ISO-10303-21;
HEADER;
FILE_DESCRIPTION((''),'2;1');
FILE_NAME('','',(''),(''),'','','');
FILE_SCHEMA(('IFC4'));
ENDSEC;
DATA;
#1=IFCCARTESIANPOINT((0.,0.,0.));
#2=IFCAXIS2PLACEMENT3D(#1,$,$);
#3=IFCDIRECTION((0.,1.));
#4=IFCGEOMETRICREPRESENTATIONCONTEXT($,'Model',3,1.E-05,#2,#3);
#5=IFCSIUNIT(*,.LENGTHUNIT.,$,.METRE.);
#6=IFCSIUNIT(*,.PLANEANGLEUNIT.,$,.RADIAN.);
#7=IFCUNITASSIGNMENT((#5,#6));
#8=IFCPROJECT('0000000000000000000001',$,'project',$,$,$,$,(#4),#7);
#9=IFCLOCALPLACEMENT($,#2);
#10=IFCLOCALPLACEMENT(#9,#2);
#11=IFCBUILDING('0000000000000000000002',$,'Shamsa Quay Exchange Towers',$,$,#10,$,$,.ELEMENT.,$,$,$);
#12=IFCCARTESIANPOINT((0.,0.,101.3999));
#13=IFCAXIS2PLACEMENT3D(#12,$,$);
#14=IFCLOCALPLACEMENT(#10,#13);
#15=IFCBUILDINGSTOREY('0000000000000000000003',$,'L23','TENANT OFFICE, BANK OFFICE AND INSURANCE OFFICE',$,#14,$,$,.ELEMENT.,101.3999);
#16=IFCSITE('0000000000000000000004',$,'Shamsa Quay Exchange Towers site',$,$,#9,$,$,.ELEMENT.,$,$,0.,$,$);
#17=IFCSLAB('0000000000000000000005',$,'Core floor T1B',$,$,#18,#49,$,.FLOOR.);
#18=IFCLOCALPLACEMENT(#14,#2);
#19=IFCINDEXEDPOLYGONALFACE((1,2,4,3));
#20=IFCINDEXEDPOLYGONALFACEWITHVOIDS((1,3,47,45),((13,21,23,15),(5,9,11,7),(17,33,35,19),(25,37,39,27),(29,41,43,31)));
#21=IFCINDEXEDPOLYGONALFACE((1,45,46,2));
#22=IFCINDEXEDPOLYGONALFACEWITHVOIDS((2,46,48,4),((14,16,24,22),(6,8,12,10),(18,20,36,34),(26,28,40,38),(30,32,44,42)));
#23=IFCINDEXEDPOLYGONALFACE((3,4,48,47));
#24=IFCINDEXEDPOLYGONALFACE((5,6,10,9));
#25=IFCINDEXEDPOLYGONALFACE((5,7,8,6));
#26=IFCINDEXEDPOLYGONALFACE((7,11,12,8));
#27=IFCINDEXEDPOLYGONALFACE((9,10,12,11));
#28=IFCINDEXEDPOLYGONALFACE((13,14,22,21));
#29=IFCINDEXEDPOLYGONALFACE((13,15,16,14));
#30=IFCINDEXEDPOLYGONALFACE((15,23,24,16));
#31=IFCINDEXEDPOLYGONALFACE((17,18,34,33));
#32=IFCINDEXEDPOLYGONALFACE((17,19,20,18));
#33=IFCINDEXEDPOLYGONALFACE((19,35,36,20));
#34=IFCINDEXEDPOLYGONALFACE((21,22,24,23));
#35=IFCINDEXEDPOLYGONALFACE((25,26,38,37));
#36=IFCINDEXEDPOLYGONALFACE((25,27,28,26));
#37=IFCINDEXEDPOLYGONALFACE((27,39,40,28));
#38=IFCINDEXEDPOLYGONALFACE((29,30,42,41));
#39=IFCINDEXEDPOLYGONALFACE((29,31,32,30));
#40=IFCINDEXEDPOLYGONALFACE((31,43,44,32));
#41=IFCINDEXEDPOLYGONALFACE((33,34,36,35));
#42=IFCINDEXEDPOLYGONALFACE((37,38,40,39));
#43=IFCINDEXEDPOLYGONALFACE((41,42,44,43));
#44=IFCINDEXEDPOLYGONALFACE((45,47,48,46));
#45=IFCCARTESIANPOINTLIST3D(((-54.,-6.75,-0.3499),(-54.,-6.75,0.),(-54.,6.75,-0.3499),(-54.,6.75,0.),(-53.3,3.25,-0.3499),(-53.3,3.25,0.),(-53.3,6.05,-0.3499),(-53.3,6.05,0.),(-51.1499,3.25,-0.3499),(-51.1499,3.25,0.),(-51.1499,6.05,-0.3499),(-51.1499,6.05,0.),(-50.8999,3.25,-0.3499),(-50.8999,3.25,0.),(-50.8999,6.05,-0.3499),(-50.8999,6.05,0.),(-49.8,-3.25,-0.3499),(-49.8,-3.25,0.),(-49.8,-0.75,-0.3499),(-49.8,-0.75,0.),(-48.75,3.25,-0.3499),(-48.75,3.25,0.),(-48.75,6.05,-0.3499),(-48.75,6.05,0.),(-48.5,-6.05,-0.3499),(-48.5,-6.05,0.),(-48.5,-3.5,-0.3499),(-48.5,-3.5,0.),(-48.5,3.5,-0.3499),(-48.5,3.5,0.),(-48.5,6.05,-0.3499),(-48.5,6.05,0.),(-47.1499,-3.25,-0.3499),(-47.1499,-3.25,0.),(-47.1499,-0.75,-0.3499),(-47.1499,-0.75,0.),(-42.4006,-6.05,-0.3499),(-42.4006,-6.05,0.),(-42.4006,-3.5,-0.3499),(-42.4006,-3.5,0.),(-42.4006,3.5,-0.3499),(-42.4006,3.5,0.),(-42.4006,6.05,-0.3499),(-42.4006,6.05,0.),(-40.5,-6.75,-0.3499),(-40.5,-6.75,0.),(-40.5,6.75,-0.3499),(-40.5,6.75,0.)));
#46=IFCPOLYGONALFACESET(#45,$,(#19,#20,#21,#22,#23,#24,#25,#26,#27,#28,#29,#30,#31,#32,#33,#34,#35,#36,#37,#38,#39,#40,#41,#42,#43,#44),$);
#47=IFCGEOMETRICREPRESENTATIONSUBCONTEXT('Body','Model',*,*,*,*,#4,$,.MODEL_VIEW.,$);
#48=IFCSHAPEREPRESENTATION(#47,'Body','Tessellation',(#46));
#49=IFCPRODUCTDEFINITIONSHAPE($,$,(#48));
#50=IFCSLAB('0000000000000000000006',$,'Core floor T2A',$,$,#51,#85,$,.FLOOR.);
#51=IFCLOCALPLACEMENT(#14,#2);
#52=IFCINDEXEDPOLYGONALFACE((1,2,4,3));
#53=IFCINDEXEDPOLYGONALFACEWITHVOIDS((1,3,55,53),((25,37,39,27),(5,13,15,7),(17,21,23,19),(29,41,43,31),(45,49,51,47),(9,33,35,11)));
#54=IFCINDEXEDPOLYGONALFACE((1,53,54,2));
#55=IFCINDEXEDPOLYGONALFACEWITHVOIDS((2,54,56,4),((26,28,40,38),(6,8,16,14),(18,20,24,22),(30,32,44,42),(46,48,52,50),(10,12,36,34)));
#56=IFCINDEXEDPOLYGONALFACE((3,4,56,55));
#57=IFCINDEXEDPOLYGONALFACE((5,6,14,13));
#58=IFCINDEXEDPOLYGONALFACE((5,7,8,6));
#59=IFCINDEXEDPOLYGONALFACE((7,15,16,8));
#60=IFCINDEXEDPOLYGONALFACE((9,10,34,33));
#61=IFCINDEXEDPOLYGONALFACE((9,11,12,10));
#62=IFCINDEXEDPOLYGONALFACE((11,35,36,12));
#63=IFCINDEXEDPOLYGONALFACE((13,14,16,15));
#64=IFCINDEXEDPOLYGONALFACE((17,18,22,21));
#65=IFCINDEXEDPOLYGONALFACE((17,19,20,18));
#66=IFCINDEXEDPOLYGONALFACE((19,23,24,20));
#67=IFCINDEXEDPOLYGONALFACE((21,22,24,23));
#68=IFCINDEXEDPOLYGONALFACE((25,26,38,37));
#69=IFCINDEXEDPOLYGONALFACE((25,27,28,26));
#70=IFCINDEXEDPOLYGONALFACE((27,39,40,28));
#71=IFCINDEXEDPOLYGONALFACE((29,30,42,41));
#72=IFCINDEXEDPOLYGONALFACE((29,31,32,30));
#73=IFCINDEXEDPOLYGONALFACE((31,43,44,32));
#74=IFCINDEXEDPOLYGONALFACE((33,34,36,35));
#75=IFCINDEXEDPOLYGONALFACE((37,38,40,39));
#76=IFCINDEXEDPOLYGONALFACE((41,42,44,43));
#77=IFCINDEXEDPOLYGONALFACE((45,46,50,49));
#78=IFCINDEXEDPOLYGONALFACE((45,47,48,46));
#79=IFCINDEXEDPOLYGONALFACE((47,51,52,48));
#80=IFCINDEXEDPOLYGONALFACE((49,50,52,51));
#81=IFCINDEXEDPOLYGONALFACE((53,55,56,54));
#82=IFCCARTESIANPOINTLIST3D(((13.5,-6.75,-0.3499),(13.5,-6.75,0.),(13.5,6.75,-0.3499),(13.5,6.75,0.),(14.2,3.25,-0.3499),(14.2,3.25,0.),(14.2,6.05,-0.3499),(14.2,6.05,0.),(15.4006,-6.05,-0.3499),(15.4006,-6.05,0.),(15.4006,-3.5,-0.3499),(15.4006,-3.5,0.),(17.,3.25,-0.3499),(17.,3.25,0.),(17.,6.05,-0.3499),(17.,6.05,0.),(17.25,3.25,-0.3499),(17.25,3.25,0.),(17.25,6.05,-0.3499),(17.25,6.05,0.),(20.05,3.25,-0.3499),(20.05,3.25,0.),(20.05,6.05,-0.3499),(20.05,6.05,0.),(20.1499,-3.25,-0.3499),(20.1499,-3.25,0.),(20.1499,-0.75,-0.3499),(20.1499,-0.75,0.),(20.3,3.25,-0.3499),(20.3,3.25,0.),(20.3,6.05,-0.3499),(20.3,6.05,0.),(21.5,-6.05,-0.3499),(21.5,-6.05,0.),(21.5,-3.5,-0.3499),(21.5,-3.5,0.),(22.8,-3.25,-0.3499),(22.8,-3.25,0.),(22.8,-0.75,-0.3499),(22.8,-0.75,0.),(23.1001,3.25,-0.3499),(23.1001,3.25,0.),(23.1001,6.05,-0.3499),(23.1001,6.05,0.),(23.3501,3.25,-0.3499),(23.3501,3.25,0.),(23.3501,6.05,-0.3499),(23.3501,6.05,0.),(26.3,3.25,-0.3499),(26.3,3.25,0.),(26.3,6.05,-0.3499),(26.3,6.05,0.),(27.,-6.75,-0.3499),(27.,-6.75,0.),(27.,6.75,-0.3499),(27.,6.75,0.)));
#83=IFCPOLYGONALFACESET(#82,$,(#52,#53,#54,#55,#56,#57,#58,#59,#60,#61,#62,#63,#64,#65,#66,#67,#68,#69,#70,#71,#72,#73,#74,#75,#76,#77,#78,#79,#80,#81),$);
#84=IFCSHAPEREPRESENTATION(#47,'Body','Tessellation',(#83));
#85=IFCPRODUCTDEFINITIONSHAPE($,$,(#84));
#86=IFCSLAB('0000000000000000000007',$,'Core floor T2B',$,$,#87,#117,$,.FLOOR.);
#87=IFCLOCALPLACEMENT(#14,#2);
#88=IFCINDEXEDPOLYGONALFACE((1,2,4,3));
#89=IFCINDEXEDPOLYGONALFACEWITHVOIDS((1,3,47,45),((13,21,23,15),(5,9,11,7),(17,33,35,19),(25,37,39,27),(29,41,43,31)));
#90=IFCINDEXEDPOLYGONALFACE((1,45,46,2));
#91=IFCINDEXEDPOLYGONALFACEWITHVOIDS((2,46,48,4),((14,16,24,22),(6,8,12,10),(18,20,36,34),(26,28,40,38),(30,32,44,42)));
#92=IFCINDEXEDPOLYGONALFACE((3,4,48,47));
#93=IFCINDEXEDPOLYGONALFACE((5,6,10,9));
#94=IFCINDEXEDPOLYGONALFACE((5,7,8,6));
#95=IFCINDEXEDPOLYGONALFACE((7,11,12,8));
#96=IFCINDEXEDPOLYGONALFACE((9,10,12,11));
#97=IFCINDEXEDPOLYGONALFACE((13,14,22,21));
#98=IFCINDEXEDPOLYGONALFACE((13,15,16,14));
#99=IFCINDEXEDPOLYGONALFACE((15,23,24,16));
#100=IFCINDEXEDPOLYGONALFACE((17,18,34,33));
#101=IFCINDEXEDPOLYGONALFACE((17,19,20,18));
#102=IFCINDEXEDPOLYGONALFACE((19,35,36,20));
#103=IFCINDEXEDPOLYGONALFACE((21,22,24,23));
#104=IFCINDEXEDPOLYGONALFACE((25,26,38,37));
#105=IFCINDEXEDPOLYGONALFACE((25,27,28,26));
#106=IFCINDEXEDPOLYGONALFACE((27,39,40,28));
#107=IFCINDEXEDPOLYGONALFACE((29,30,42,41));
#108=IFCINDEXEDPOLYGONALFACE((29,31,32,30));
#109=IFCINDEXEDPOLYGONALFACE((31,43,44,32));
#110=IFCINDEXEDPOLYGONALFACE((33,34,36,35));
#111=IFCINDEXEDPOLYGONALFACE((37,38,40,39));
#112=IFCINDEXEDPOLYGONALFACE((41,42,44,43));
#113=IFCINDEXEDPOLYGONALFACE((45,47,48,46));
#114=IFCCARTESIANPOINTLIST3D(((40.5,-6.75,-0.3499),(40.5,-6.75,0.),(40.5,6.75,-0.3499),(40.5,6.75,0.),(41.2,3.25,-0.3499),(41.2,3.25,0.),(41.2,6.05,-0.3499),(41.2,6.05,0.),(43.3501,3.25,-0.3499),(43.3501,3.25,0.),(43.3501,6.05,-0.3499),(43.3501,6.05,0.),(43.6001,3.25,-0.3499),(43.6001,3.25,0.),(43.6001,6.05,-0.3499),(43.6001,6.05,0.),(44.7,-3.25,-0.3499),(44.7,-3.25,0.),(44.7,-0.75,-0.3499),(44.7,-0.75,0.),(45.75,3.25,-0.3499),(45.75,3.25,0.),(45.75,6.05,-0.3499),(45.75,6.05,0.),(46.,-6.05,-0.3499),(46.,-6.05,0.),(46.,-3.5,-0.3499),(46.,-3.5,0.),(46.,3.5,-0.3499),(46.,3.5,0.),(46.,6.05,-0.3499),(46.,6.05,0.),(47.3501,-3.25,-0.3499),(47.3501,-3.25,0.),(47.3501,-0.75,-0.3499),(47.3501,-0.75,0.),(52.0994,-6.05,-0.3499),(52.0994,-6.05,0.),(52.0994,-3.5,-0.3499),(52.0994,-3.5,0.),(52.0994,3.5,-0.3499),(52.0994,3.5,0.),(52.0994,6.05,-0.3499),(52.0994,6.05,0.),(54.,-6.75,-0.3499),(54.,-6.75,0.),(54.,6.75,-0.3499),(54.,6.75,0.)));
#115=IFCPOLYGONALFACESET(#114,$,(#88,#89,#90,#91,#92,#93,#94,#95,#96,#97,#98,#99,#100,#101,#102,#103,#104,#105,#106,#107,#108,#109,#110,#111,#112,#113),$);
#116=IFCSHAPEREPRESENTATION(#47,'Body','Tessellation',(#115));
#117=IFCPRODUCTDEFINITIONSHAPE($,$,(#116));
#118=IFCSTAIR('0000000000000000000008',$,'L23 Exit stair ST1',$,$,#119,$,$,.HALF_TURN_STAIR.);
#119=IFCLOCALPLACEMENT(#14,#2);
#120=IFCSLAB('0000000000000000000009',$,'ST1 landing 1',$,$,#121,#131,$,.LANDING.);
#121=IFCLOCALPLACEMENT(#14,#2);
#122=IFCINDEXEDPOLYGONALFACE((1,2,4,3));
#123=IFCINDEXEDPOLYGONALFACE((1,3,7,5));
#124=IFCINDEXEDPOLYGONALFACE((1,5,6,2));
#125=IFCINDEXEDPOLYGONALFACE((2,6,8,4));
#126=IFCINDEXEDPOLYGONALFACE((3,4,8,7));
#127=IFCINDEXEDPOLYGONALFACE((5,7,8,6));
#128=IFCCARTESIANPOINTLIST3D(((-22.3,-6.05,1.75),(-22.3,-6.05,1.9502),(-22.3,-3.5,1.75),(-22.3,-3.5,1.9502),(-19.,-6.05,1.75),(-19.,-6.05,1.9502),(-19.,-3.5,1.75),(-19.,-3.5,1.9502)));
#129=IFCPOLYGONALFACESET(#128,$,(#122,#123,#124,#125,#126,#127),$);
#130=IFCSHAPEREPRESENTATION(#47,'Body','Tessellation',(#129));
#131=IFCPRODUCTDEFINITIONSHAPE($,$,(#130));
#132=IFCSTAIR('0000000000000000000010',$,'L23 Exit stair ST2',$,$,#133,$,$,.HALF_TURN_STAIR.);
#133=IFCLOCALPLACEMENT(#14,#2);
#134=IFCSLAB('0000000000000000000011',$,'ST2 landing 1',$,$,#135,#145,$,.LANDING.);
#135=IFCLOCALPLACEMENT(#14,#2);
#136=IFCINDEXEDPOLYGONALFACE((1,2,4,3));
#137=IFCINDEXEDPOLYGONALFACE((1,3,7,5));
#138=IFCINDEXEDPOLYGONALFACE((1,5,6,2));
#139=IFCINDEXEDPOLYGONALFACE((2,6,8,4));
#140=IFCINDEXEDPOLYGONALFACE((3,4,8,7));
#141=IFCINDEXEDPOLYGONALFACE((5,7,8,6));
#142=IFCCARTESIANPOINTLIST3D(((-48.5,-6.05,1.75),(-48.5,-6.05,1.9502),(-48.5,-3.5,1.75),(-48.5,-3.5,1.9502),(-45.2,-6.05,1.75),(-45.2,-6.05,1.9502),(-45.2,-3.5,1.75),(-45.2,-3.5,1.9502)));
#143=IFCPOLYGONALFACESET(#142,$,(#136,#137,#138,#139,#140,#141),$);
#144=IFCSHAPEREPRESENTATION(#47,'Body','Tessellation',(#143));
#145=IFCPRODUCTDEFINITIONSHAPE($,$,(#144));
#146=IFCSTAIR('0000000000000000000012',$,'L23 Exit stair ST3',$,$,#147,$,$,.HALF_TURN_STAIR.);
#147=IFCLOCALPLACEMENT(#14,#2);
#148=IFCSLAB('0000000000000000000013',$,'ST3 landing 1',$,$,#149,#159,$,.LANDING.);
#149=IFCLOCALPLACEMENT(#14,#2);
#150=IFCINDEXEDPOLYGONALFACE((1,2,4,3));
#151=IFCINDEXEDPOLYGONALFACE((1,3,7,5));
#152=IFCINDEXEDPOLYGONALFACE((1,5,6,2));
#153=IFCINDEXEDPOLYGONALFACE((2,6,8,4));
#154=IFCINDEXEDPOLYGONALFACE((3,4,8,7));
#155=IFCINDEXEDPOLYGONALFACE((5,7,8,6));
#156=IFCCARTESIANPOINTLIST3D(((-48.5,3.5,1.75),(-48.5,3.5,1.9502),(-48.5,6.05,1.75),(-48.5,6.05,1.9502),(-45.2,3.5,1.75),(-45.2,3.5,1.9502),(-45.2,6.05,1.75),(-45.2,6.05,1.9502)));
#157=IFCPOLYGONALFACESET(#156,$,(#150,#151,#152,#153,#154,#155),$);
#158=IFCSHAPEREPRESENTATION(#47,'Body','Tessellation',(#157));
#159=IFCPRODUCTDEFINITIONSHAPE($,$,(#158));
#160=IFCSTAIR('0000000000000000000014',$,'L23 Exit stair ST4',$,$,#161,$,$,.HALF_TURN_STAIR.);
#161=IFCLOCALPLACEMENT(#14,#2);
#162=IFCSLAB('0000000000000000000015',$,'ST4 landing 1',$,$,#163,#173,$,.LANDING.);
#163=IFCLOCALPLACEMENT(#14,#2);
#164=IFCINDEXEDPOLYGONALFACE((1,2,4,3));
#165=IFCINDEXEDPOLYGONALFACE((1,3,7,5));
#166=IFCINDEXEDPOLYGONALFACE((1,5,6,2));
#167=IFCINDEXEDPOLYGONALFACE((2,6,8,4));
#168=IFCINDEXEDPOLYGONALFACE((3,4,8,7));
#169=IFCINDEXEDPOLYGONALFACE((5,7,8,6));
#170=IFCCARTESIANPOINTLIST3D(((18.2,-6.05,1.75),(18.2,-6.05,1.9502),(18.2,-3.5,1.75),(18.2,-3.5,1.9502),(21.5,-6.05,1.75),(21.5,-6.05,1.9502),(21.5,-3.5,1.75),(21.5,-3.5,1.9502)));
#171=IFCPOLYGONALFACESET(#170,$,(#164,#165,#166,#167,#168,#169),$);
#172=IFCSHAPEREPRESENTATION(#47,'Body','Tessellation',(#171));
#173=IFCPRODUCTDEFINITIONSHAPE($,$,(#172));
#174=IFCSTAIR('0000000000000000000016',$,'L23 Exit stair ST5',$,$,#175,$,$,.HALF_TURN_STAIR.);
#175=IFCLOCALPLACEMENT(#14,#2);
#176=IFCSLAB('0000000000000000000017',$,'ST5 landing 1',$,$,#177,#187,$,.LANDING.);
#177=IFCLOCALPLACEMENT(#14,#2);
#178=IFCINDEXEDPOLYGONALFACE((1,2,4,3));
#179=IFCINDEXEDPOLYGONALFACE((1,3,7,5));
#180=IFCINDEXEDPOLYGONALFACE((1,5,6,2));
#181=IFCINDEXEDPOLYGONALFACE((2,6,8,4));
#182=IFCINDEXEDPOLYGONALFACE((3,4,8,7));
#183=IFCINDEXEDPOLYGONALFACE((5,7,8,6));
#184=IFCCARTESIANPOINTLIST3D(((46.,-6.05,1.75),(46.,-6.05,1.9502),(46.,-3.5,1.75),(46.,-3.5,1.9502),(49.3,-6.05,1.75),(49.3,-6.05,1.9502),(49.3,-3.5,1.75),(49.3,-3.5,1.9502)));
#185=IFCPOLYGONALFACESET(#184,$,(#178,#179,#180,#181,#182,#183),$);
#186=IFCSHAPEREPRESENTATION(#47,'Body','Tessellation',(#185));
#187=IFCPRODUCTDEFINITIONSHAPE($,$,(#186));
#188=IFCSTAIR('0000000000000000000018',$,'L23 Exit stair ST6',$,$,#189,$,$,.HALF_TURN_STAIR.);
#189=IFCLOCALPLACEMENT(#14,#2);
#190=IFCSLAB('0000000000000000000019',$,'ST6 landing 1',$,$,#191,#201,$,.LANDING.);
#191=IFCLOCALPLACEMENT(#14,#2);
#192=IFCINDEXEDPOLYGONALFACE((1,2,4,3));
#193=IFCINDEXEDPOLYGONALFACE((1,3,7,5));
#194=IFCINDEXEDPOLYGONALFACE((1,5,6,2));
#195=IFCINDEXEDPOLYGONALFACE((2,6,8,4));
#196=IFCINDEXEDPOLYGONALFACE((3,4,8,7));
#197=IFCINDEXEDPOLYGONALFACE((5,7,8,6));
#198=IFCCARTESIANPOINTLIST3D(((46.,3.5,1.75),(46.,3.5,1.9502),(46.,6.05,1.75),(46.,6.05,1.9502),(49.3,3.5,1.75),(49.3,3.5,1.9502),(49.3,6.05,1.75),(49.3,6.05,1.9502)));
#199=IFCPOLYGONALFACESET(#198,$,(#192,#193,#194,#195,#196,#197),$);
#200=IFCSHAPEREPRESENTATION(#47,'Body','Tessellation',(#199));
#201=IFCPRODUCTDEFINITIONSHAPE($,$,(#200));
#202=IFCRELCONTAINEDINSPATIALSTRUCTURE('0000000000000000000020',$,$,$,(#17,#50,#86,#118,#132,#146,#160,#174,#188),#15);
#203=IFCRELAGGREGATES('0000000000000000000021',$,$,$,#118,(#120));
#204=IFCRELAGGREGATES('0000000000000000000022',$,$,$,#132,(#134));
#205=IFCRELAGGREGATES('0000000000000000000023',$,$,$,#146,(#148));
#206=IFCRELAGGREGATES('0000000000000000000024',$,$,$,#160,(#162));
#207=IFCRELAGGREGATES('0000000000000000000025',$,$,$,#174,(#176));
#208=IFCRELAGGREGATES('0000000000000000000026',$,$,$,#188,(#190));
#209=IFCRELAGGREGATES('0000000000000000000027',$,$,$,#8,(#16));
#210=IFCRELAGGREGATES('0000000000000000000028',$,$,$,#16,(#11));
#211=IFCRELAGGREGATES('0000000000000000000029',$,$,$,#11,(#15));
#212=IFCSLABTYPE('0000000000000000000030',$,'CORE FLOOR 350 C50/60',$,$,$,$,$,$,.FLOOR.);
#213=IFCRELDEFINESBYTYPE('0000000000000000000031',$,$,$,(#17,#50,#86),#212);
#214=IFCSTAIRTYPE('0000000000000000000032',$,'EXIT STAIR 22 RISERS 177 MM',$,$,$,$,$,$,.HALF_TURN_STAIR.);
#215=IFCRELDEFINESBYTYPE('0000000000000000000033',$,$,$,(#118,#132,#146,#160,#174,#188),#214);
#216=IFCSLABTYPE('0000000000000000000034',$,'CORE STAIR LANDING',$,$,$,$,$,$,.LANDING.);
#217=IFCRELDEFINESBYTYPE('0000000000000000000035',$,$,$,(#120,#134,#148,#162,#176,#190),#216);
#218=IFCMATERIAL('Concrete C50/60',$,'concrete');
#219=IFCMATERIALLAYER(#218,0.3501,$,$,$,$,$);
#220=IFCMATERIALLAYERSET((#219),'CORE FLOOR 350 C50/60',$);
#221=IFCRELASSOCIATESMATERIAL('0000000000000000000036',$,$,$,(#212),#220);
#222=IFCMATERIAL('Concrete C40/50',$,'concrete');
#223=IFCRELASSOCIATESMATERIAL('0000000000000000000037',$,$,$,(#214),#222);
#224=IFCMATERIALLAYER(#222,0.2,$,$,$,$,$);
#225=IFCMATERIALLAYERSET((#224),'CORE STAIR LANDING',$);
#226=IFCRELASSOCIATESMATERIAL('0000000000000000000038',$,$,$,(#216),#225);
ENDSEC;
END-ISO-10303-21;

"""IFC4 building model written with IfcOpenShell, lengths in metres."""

from ifc_helpers import new_model, si_unit, direction, frame, origin, place, context, subcontext, project, spatial, polyline, outline, extrude, material, layer, layer_set, type_object, element, aggregate, save


model = new_model("IFC4")

# Units and contexts
model_context = context("Model", 3, precision=1e-05, world=origin(), true_north=direction((0.0, 1.0)))
body_context = subcontext(model_context, "Body", "Model", "MODEL_VIEW")
ifc_project = project(units=[si_unit("LENGTHUNIT", "METRE"), si_unit("PLANEANGLEUNIT", "RADIAN")], contexts=[model_context])

# Site, building, storey
site_placement = place(None, origin())
site = spatial("IfcSite", under=ifc_project, at=site_placement, Name="Shamsa Quay Exchange Towers site", CompositionType="ELEMENT", RefElevation=0.0)
building_placement = place(site_placement, origin())
building = spatial("IfcBuilding", under=site, at=building_placement, Name="Shamsa Quay Exchange Towers", CompositionType="ELEMENT")
storey_placement = place(building_placement, frame((0.0, 0.0, 101.3999)))
storey = spatial("IfcBuildingStorey", under=building, at=storey_placement, Name="L23", Description="TENANT OFFICE, BANK OFFICE AND INSURANCE OFFICE", CompositionType="ELEMENT", Elevation=101.3999)

# Slabs
ifc_material_1 = material(Name="Concrete C50/60", Category="concrete")
ifc_layer_1 = layer(ifc_material_1, 0.3501)
ifc_layer_set_1 = layer_set([ifc_layer_1], Name="CORE FLOOR 350 C50/60")
slab_type_1 = type_object("IfcSlabType", Name="CORE FLOOR 350 C50/60", PredefinedType="FLOOR", material=ifc_layer_set_1)
slab_1_placement = place(storey_placement, frame((0.0, 0.0, -0.3499)))
element("IfcSlab", 1, at=slab_1_placement, inside=storey, type_object=slab_type_1, Name="Core floor T1B", PredefinedType="FLOOR", context=body_context, shape_type="SweptSolid", body=[
    extrude(outline(polyline([(-40.5, -6.75), (-40.5, 6.75), (-54.0, 6.75), (-54.0, -6.75), (-40.5, -6.75)]), holes=[polyline([(-42.4006, -3.5), (-42.4006, -6.05), (-48.5, -6.05), (-48.5, -3.5), (-42.4006, -3.5)]), polyline([(-42.4006, 6.05), (-42.4006, 3.5), (-48.5, 3.5), (-48.5, 6.05), (-42.4006, 6.05)]), polyline([(-48.75, 3.25), (-50.8999, 3.25), (-50.8999, 6.05), (-48.75, 6.05), (-48.75, 3.25)]), polyline([(-51.1499, 3.25), (-53.3, 3.25), (-53.3, 6.05), (-51.1499, 6.05), (-51.1499, 3.25)]), polyline([(-47.1499, -3.25), (-49.8, -3.25), (-49.8, -0.75), (-47.1499, -0.75), (-47.1499, -3.25)])]), origin(), (0.0, 0.0, 1.0), 0.3499),
])
slab_2_placement = place(storey_placement, frame((0.0, 0.0, -0.3499)))
element("IfcSlab", 2, at=slab_2_placement, inside=storey, type_object=slab_type_1, Name="Core floor T2A", PredefinedType="FLOOR", context=body_context, shape_type="SweptSolid", body=[
    extrude(outline(polyline([(13.5, -6.75), (27.0, -6.75), (27.0, 6.75), (13.5, 6.75), (13.5, -6.75)]), holes=[polyline([(15.4006, -6.05), (15.4006, -3.5), (21.5, -3.5), (21.5, -6.05), (15.4006, -6.05)]), polyline([(14.2, 3.25), (14.2, 6.05), (17.0, 6.05), (17.0, 3.25), (14.2, 3.25)]), polyline([(17.25, 3.25), (17.25, 6.05), (20.05, 6.05), (20.05, 3.25), (17.25, 3.25)]), polyline([(20.3, 3.25), (20.3, 6.05), (23.1001, 6.05), (23.1001, 3.25), (20.3, 3.25)]), polyline([(23.3501, 3.25), (23.3501, 6.05), (26.3, 6.05), (26.3, 3.25), (23.3501, 3.25)]), polyline([(20.1499, -3.25), (20.1499, -0.75), (22.8, -0.75), (22.8, -3.25), (20.1499, -3.25)])]), origin(), (0.0, 0.0, 1.0), 0.3499),
])
slab_3_placement = place(storey_placement, frame((0.0, 0.0, -0.3499)))
element("IfcSlab", 3, at=slab_3_placement, inside=storey, type_object=slab_type_1, Name="Core floor T2B", PredefinedType="FLOOR", context=body_context, shape_type="SweptSolid", body=[
    extrude(outline(polyline([(54.0, -6.75), (54.0, 6.75), (40.5, 6.75), (40.5, -6.75), (54.0, -6.75)]), holes=[polyline([(52.0994, -3.5), (52.0994, -6.05), (46.0, -6.05), (46.0, -3.5), (52.0994, -3.5)]), polyline([(52.0994, 6.05), (52.0994, 3.5), (46.0, 3.5), (46.0, 6.05), (52.0994, 6.05)]), polyline([(45.75, 3.25), (43.6001, 3.25), (43.6001, 6.05), (45.75, 6.05), (45.75, 3.25)]), polyline([(43.3501, 3.25), (41.2, 3.25), (41.2, 6.05), (43.3501, 6.05), (43.3501, 3.25)]), polyline([(47.3501, -3.25), (44.7, -3.25), (44.7, -0.75), (47.3501, -0.75), (47.3501, -3.25)])]), origin(), (0.0, 0.0, 1.0), 0.3499),
])

# Stairs, slabs
ifc_material_2 = material(Name="Concrete C40/50", Category="concrete")
stair_type = type_object("IfcStairType", Name="EXIT STAIR 22 RISERS 177 MM", PredefinedType="HALF_TURN_STAIR", material=ifc_material_2)
stair_1_placement = place(storey_placement, origin())
stair_1 = element("IfcStair", 4, at=stair_1_placement, inside=storey, type_object=stair_type, Name="L23 Exit stair ST1", PredefinedType="HALF_TURN_STAIR")
ifc_layer_2 = layer(ifc_material_2, 0.2)
ifc_layer_set_2 = layer_set([ifc_layer_2], Name="CORE STAIR LANDING")
slab_type_2 = type_object("IfcSlabType", Name="CORE STAIR LANDING", PredefinedType="LANDING", material=ifc_layer_set_2)
slab_4_placement = place(storey_placement, frame((0.0, 0.0, 1.75)))
slab_4 = element("IfcSlab", 5, at=slab_4_placement, type_object=slab_type_2, Name="ST1 landing 1", PredefinedType="LANDING", context=body_context, shape_type="SweptSolid", body=[
    extrude(outline(polyline([(-22.3, -6.05), (-19.0, -6.05), (-19.0, -3.5), (-22.3, -3.5), (-22.3, -6.05)])), origin(), (0.0, 0.0, 1.0), 0.2002),
])
aggregate(stair_1, [slab_4])
stair_2_placement = place(storey_placement, origin())
stair_2 = element("IfcStair", 6, at=stair_2_placement, inside=storey, type_object=stair_type, Name="L23 Exit stair ST2", PredefinedType="HALF_TURN_STAIR")
slab_5_placement = place(storey_placement, frame((0.0, 0.0, 1.75)))
slab_5 = element("IfcSlab", 7, at=slab_5_placement, type_object=slab_type_2, Name="ST2 landing 1", PredefinedType="LANDING", context=body_context, shape_type="SweptSolid", body=[
    extrude(outline(polyline([(-45.2, -3.5), (-48.5, -3.5), (-48.5, -6.05), (-45.2, -6.05), (-45.2, -3.5)])), origin(), (0.0, 0.0, 1.0), 0.2002),
])
aggregate(stair_2, [slab_5])
stair_3_placement = place(storey_placement, origin())
stair_3 = element("IfcStair", 8, at=stair_3_placement, inside=storey, type_object=stair_type, Name="L23 Exit stair ST3", PredefinedType="HALF_TURN_STAIR")
slab_6_placement = place(storey_placement, frame((0.0, 0.0, 1.75)))
slab_6 = element("IfcSlab", 9, at=slab_6_placement, type_object=slab_type_2, Name="ST3 landing 1", PredefinedType="LANDING", context=body_context, shape_type="SweptSolid", body=[
    extrude(outline(polyline([(-45.2, 6.05), (-48.5, 6.05), (-48.5, 3.5), (-45.2, 3.5), (-45.2, 6.05)])), origin(), (0.0, 0.0, 1.0), 0.2002),
])
aggregate(stair_3, [slab_6])
stair_4_placement = place(storey_placement, origin())
stair_4 = element("IfcStair", 10, at=stair_4_placement, inside=storey, type_object=stair_type, Name="L23 Exit stair ST4", PredefinedType="HALF_TURN_STAIR")
slab_7_placement = place(storey_placement, frame((0.0, 0.0, 1.75)))
slab_7 = element("IfcSlab", 11, at=slab_7_placement, type_object=slab_type_2, Name="ST4 landing 1", PredefinedType="LANDING", context=body_context, shape_type="SweptSolid", body=[
    extrude(outline(polyline([(18.2, -6.05), (21.5, -6.05), (21.5, -3.5), (18.2, -3.5), (18.2, -6.05)])), origin(), (0.0, 0.0, 1.0), 0.2002),
])
aggregate(stair_4, [slab_7])
stair_5_placement = place(storey_placement, origin())
stair_5 = element("IfcStair", 12, at=stair_5_placement, inside=storey, type_object=stair_type, Name="L23 Exit stair ST5", PredefinedType="HALF_TURN_STAIR")
slab_8_placement = place(storey_placement, frame((0.0, 0.0, 1.75)))
slab_8 = element("IfcSlab", 13, at=slab_8_placement, type_object=slab_type_2, Name="ST5 landing 1", PredefinedType="LANDING", context=body_context, shape_type="SweptSolid", body=[
    extrude(outline(polyline([(49.3, -3.5), (46.0, -3.5), (46.0, -6.05), (49.3, -6.05), (49.3, -3.5)])), origin(), (0.0, 0.0, 1.0), 0.2002),
])
aggregate(stair_5, [slab_8])
stair_6_placement = place(storey_placement, origin())
stair_6 = element("IfcStair", 14, at=stair_6_placement, inside=storey, type_object=stair_type, Name="L23 Exit stair ST6", PredefinedType="HALF_TURN_STAIR")
slab_9_placement = place(storey_placement, frame((0.0, 0.0, 1.75)))
slab_9 = element("IfcSlab", 15, at=slab_9_placement, type_object=slab_type_2, Name="ST6 landing 1", PredefinedType="LANDING", context=body_context, shape_type="SweptSolid", body=[
    extrude(outline(polyline([(49.3, 6.05), (46.0, 6.05), (46.0, 3.5), (49.3, 3.5), (49.3, 6.05)])), origin(), (0.0, 0.0, 1.0), 0.2002),
])
aggregate(stair_6, [slab_9])

save(model, "model.ifc")
